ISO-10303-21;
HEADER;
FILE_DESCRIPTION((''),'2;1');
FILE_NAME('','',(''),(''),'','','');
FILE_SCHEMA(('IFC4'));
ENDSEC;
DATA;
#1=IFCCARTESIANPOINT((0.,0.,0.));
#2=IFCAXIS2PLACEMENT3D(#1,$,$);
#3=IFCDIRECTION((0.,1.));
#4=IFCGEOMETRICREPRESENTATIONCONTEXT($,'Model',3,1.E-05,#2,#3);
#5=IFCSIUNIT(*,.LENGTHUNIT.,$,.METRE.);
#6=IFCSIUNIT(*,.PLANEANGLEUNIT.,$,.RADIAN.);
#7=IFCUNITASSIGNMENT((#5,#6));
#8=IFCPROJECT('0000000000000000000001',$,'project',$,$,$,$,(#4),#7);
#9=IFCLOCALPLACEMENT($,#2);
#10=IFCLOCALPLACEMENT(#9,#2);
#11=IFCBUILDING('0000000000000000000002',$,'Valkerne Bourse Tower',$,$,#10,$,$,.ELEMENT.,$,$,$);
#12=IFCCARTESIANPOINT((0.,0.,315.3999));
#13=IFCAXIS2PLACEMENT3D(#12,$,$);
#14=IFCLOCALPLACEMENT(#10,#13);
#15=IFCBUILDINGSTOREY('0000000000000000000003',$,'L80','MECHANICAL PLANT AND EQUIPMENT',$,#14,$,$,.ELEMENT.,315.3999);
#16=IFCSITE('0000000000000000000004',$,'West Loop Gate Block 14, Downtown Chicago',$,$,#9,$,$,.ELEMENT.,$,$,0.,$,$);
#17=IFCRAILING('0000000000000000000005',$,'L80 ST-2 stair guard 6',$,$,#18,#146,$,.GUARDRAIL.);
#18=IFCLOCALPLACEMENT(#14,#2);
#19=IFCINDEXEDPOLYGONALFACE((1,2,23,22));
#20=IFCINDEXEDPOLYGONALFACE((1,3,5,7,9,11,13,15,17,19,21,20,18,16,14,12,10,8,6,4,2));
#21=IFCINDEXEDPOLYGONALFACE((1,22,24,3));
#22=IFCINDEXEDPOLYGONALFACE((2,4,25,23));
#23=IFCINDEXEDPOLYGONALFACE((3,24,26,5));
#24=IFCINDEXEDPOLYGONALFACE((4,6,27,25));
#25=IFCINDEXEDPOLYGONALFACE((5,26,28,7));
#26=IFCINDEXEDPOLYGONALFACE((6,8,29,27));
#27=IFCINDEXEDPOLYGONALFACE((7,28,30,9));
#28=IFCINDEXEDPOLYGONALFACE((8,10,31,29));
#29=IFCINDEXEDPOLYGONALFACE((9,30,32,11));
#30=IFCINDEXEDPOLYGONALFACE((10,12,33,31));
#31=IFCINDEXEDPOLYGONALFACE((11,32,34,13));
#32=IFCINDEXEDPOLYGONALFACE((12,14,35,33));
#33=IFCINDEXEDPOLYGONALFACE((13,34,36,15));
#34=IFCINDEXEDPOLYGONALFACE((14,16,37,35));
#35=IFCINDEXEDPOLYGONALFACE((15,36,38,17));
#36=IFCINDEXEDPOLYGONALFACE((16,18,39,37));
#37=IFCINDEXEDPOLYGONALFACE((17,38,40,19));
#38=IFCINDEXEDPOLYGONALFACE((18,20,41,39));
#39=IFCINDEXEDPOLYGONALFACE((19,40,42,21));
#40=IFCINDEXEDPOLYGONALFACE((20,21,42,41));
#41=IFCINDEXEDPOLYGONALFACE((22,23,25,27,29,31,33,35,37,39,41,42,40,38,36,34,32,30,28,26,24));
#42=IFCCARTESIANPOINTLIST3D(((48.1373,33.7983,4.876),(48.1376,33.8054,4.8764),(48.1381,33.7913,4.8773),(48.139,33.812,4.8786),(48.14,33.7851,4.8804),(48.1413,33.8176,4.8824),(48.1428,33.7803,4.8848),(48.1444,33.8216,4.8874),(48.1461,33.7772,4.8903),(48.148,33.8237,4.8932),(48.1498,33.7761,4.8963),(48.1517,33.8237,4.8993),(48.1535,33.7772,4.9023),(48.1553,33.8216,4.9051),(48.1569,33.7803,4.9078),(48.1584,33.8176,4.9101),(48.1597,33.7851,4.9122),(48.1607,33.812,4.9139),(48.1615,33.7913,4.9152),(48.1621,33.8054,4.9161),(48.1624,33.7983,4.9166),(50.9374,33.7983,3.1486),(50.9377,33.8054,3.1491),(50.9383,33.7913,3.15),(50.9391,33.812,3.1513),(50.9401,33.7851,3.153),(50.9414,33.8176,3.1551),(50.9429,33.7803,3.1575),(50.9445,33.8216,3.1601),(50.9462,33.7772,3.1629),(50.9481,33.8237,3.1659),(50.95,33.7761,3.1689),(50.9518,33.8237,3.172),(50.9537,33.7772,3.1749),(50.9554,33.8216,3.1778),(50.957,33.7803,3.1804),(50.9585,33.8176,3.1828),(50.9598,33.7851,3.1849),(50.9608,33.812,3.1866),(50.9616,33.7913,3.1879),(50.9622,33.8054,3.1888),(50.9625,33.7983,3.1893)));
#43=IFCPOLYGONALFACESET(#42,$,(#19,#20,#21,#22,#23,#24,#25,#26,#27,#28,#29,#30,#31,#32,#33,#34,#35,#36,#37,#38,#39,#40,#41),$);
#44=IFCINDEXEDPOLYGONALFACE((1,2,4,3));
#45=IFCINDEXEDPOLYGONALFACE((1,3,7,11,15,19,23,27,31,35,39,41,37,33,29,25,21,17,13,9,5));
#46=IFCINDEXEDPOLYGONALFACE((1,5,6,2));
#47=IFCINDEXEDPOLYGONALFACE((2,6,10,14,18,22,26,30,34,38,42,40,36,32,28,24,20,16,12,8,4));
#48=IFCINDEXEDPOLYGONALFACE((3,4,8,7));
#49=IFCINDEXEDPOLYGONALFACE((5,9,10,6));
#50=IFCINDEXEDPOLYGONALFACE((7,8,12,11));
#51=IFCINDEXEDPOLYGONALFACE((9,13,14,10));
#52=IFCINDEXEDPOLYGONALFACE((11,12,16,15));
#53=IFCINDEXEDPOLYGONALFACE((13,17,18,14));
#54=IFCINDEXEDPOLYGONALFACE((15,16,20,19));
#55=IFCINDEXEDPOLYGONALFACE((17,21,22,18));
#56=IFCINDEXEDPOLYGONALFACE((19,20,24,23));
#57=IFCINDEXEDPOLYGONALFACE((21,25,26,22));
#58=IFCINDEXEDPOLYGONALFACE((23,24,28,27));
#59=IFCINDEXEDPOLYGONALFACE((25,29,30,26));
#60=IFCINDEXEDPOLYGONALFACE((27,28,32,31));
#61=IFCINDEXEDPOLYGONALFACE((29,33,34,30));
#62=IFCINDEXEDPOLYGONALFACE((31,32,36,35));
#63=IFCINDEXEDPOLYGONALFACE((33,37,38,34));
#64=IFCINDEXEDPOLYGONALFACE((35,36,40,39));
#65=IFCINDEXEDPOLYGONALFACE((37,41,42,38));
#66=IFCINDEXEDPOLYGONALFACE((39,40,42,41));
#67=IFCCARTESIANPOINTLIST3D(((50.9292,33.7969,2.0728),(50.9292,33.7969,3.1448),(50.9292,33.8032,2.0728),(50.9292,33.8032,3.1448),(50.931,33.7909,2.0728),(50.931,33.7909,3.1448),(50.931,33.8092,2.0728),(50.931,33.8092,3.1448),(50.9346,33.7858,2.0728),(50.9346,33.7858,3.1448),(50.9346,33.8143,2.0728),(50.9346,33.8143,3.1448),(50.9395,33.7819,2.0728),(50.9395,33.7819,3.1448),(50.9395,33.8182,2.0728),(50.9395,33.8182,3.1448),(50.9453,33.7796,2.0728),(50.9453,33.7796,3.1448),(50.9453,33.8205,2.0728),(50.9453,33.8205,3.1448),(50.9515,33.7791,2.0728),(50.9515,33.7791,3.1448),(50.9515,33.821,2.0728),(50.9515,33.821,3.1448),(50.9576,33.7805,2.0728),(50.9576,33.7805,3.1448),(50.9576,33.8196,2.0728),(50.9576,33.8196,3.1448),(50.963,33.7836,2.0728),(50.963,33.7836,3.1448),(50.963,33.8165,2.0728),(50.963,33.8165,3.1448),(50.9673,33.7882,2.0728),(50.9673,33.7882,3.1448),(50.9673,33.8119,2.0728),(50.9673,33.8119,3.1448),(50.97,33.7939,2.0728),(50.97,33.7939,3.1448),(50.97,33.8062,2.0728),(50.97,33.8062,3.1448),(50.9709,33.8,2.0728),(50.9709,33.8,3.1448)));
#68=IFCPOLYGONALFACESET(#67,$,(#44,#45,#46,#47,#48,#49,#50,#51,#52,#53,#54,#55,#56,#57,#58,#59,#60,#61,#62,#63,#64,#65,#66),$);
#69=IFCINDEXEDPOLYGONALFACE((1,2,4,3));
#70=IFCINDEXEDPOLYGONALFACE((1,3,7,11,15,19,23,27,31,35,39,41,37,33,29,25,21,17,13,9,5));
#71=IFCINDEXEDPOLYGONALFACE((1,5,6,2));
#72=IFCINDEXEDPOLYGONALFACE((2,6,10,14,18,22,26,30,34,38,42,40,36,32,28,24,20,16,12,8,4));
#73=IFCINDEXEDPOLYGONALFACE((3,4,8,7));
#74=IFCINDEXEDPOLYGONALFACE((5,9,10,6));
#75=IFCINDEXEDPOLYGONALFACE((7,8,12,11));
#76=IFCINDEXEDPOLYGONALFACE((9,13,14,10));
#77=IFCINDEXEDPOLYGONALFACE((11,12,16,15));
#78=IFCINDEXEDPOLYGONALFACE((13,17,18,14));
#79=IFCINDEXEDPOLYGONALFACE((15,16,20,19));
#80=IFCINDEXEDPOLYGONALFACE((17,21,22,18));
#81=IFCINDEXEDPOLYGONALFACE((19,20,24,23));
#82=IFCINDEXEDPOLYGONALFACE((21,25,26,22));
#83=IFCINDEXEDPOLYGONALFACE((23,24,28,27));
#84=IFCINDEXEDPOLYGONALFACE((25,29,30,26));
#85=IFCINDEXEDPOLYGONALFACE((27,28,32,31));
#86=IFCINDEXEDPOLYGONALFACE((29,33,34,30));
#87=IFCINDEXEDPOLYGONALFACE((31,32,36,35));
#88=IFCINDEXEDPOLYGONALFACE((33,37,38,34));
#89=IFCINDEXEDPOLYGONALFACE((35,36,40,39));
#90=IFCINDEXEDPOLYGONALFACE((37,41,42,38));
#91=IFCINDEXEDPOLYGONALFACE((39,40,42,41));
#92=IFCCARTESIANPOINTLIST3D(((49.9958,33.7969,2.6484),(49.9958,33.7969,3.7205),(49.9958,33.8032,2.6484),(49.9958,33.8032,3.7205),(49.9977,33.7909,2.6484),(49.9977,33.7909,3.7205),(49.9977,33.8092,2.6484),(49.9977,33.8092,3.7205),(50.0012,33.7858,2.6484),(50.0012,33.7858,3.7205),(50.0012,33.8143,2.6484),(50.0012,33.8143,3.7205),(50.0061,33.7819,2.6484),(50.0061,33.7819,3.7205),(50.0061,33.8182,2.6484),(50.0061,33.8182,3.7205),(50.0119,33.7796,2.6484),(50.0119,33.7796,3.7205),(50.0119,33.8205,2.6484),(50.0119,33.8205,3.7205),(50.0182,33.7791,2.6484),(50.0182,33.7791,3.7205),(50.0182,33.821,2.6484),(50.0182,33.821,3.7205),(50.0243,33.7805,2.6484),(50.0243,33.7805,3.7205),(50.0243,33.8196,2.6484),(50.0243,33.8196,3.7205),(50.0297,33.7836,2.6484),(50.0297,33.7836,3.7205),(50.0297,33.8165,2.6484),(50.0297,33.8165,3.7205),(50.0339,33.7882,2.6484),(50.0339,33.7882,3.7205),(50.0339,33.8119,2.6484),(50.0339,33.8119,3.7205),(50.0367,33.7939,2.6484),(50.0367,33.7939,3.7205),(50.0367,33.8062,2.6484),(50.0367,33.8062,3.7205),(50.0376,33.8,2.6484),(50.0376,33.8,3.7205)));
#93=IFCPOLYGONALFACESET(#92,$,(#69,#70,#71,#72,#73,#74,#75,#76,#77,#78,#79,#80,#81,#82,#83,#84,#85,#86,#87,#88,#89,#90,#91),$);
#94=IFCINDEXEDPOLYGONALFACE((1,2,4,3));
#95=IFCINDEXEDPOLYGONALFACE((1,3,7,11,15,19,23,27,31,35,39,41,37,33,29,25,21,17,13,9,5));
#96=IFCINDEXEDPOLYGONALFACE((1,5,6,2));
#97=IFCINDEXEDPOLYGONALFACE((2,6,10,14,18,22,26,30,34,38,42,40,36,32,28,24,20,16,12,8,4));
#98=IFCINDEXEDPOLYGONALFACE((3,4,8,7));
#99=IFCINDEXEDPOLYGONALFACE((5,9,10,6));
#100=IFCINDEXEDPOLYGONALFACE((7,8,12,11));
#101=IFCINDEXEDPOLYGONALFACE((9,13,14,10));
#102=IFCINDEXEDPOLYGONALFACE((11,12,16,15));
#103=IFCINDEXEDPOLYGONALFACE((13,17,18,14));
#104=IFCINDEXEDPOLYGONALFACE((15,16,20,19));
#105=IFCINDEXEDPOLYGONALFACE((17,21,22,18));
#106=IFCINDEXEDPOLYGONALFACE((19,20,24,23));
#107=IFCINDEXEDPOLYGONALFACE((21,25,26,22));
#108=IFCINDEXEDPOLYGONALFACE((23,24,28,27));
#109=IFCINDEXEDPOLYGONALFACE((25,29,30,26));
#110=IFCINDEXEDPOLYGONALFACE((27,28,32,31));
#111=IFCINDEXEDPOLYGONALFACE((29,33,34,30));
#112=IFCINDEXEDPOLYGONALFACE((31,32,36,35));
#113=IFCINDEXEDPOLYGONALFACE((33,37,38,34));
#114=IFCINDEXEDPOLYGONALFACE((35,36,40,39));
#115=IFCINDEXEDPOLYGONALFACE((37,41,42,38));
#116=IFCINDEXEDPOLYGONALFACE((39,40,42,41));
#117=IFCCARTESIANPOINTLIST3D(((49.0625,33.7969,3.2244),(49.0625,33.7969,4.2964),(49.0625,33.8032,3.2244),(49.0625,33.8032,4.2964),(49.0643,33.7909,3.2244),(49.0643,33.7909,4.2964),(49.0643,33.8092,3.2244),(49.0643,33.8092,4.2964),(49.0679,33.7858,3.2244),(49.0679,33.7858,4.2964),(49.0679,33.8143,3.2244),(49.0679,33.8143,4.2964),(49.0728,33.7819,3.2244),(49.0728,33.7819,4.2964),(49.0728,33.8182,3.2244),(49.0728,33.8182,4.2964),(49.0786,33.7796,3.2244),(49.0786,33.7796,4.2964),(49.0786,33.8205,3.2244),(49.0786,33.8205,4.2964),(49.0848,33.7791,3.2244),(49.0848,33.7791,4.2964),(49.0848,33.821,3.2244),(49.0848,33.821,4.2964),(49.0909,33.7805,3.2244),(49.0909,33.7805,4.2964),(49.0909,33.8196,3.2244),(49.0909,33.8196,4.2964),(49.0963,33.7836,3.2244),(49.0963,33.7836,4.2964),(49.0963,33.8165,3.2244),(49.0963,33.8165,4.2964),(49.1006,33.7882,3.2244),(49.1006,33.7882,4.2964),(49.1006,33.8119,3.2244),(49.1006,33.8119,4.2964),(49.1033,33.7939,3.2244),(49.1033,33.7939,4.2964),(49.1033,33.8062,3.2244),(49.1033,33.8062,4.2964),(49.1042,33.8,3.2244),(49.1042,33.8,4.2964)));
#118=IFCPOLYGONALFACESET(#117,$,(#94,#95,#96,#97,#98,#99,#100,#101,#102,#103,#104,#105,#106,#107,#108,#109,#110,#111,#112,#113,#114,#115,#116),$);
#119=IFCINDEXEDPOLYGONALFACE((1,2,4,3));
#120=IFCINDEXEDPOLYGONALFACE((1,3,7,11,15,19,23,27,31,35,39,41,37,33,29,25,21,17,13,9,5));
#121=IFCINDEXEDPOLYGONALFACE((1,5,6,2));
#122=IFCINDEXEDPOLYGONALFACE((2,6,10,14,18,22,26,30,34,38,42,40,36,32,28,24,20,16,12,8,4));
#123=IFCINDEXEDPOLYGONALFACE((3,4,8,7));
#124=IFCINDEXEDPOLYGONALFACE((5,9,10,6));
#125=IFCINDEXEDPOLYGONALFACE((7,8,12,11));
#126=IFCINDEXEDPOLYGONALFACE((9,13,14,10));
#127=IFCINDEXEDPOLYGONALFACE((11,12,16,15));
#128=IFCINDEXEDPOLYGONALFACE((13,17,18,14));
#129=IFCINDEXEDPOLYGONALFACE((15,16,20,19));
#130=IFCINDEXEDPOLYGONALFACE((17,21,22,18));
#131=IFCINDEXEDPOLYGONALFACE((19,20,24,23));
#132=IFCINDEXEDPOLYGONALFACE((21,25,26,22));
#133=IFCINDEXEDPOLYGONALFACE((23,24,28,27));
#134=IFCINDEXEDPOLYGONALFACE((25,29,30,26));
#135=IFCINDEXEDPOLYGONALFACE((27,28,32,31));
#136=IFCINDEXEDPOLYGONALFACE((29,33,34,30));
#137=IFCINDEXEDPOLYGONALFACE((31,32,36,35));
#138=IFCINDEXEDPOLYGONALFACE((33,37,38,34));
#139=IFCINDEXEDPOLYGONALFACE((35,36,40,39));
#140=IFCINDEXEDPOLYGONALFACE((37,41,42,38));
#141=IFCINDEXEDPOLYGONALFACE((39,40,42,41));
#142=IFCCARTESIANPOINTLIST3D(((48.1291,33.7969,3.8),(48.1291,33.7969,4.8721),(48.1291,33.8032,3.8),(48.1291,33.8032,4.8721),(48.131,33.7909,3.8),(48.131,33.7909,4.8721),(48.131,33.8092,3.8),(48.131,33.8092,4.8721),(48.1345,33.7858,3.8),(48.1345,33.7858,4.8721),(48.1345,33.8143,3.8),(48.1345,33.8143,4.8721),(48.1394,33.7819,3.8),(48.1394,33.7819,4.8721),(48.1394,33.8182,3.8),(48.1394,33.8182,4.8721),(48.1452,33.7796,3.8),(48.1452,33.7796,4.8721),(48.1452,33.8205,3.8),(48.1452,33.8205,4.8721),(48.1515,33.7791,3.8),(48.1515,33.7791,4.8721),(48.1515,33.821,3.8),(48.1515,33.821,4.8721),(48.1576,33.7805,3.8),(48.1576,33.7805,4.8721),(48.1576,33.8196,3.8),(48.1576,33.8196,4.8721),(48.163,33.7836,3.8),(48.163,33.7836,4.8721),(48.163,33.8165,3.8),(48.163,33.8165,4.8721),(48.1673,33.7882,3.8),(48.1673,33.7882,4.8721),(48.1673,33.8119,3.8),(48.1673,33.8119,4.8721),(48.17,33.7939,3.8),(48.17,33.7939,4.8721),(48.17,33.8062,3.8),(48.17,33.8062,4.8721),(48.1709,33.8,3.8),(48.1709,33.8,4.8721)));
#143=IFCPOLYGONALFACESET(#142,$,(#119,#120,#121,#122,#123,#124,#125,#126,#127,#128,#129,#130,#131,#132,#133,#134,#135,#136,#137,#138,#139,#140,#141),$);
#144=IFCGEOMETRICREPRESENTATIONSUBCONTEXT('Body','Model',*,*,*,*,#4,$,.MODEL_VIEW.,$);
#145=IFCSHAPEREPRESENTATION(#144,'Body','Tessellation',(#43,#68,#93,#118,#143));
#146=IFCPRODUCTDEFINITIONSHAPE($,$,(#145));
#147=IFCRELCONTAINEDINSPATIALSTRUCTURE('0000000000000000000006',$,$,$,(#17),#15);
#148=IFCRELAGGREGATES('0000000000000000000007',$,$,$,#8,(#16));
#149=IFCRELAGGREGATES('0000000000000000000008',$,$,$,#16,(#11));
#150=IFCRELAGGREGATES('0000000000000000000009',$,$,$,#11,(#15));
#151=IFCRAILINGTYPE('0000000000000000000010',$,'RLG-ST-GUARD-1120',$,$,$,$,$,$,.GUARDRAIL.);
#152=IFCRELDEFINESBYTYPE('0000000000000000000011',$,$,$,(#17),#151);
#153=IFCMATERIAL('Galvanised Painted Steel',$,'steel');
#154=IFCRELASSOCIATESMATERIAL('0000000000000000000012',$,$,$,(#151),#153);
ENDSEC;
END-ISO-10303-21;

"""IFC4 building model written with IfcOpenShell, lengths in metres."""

from ifc_helpers import new_model, si_unit, direction, frame, origin, origin_2d, place, context, subcontext, project, spatial, circle, extrude, material, type_object, element, save


model = new_model("IFC4")

# Units and contexts
model_context = context("Model", 3, precision=1e-05, world=origin(), true_north=direction((0.0, 1.0)))
body_context = subcontext(model_context, "Body", "Model", "MODEL_VIEW")
ifc_project = project(units=[si_unit("LENGTHUNIT", "METRE"), si_unit("PLANEANGLEUNIT", "RADIAN")], contexts=[model_context])

# Site, building, storey
site_placement = place(None, origin())
site = spatial("IfcSite", under=ifc_project, at=site_placement, Name="West Loop Gate Block 14, Downtown Chicago", CompositionType="ELEMENT", RefElevation=0.0)
building_placement = place(site_placement, origin())
building = spatial("IfcBuilding", under=site, at=building_placement, Name="Valkerne Bourse Tower", CompositionType="ELEMENT")
storey_placement = place(building_placement, frame((0.0, 0.0, 315.3999)))
storey = spatial("IfcBuildingStorey", under=building, at=storey_placement, Name="L80", Description="MECHANICAL PLANT AND EQUIPMENT", CompositionType="ELEMENT", Elevation=315.3999)

# Railing
ifc_material_1 = material(Name="Galvanised Painted Steel", Category="steel")
railing_type_1 = type_object("IfcRailingType", Name="RLG-ST-GUARD-1120", PredefinedType="GUARDRAIL", material=ifc_material_1)
railing_1_placement = place(storey_placement, frame((50.95, 33.8, 2.0728)))
element("IfcRailing", 1, at=railing_1_placement, inside=storey, type_object=railing_type_1, Name="L80 ST-2 stair guard 6", PredefinedType="GUARDRAIL", context=body_context, shape_type="SweptSolid", body=[
    extrude(circle(Radius=0.0239, at=origin_2d()), frame((0.0, 0.0, 1.0962), z_axis=(-0.85109, 0.0, 0.52502), x_axis=(0.0, -1.0, 0.0)), (0.0, 0.0, 1.0), 3.29),
    extrude(circle(Radius=0.021, at=origin_2d()), origin(), (0.0, 0.0, 1.0), 1.072),
    extrude(circle(Radius=0.021, at=origin_2d()), frame((-0.9333, 0.0, 0.5757)), (0.0, 0.0, 1.0), 1.072),
    extrude(circle(Radius=0.021, at=origin_2d()), frame((-1.8667, 0.0, 1.1516)), (0.0, 0.0, 1.0), 1.072),
    extrude(circle(Radius=0.021, at=origin_2d()), frame((-2.8, 0.0, 1.7273)), (0.0, 0.0, 1.0), 1.072),
])

save(model, "model.ifc")
